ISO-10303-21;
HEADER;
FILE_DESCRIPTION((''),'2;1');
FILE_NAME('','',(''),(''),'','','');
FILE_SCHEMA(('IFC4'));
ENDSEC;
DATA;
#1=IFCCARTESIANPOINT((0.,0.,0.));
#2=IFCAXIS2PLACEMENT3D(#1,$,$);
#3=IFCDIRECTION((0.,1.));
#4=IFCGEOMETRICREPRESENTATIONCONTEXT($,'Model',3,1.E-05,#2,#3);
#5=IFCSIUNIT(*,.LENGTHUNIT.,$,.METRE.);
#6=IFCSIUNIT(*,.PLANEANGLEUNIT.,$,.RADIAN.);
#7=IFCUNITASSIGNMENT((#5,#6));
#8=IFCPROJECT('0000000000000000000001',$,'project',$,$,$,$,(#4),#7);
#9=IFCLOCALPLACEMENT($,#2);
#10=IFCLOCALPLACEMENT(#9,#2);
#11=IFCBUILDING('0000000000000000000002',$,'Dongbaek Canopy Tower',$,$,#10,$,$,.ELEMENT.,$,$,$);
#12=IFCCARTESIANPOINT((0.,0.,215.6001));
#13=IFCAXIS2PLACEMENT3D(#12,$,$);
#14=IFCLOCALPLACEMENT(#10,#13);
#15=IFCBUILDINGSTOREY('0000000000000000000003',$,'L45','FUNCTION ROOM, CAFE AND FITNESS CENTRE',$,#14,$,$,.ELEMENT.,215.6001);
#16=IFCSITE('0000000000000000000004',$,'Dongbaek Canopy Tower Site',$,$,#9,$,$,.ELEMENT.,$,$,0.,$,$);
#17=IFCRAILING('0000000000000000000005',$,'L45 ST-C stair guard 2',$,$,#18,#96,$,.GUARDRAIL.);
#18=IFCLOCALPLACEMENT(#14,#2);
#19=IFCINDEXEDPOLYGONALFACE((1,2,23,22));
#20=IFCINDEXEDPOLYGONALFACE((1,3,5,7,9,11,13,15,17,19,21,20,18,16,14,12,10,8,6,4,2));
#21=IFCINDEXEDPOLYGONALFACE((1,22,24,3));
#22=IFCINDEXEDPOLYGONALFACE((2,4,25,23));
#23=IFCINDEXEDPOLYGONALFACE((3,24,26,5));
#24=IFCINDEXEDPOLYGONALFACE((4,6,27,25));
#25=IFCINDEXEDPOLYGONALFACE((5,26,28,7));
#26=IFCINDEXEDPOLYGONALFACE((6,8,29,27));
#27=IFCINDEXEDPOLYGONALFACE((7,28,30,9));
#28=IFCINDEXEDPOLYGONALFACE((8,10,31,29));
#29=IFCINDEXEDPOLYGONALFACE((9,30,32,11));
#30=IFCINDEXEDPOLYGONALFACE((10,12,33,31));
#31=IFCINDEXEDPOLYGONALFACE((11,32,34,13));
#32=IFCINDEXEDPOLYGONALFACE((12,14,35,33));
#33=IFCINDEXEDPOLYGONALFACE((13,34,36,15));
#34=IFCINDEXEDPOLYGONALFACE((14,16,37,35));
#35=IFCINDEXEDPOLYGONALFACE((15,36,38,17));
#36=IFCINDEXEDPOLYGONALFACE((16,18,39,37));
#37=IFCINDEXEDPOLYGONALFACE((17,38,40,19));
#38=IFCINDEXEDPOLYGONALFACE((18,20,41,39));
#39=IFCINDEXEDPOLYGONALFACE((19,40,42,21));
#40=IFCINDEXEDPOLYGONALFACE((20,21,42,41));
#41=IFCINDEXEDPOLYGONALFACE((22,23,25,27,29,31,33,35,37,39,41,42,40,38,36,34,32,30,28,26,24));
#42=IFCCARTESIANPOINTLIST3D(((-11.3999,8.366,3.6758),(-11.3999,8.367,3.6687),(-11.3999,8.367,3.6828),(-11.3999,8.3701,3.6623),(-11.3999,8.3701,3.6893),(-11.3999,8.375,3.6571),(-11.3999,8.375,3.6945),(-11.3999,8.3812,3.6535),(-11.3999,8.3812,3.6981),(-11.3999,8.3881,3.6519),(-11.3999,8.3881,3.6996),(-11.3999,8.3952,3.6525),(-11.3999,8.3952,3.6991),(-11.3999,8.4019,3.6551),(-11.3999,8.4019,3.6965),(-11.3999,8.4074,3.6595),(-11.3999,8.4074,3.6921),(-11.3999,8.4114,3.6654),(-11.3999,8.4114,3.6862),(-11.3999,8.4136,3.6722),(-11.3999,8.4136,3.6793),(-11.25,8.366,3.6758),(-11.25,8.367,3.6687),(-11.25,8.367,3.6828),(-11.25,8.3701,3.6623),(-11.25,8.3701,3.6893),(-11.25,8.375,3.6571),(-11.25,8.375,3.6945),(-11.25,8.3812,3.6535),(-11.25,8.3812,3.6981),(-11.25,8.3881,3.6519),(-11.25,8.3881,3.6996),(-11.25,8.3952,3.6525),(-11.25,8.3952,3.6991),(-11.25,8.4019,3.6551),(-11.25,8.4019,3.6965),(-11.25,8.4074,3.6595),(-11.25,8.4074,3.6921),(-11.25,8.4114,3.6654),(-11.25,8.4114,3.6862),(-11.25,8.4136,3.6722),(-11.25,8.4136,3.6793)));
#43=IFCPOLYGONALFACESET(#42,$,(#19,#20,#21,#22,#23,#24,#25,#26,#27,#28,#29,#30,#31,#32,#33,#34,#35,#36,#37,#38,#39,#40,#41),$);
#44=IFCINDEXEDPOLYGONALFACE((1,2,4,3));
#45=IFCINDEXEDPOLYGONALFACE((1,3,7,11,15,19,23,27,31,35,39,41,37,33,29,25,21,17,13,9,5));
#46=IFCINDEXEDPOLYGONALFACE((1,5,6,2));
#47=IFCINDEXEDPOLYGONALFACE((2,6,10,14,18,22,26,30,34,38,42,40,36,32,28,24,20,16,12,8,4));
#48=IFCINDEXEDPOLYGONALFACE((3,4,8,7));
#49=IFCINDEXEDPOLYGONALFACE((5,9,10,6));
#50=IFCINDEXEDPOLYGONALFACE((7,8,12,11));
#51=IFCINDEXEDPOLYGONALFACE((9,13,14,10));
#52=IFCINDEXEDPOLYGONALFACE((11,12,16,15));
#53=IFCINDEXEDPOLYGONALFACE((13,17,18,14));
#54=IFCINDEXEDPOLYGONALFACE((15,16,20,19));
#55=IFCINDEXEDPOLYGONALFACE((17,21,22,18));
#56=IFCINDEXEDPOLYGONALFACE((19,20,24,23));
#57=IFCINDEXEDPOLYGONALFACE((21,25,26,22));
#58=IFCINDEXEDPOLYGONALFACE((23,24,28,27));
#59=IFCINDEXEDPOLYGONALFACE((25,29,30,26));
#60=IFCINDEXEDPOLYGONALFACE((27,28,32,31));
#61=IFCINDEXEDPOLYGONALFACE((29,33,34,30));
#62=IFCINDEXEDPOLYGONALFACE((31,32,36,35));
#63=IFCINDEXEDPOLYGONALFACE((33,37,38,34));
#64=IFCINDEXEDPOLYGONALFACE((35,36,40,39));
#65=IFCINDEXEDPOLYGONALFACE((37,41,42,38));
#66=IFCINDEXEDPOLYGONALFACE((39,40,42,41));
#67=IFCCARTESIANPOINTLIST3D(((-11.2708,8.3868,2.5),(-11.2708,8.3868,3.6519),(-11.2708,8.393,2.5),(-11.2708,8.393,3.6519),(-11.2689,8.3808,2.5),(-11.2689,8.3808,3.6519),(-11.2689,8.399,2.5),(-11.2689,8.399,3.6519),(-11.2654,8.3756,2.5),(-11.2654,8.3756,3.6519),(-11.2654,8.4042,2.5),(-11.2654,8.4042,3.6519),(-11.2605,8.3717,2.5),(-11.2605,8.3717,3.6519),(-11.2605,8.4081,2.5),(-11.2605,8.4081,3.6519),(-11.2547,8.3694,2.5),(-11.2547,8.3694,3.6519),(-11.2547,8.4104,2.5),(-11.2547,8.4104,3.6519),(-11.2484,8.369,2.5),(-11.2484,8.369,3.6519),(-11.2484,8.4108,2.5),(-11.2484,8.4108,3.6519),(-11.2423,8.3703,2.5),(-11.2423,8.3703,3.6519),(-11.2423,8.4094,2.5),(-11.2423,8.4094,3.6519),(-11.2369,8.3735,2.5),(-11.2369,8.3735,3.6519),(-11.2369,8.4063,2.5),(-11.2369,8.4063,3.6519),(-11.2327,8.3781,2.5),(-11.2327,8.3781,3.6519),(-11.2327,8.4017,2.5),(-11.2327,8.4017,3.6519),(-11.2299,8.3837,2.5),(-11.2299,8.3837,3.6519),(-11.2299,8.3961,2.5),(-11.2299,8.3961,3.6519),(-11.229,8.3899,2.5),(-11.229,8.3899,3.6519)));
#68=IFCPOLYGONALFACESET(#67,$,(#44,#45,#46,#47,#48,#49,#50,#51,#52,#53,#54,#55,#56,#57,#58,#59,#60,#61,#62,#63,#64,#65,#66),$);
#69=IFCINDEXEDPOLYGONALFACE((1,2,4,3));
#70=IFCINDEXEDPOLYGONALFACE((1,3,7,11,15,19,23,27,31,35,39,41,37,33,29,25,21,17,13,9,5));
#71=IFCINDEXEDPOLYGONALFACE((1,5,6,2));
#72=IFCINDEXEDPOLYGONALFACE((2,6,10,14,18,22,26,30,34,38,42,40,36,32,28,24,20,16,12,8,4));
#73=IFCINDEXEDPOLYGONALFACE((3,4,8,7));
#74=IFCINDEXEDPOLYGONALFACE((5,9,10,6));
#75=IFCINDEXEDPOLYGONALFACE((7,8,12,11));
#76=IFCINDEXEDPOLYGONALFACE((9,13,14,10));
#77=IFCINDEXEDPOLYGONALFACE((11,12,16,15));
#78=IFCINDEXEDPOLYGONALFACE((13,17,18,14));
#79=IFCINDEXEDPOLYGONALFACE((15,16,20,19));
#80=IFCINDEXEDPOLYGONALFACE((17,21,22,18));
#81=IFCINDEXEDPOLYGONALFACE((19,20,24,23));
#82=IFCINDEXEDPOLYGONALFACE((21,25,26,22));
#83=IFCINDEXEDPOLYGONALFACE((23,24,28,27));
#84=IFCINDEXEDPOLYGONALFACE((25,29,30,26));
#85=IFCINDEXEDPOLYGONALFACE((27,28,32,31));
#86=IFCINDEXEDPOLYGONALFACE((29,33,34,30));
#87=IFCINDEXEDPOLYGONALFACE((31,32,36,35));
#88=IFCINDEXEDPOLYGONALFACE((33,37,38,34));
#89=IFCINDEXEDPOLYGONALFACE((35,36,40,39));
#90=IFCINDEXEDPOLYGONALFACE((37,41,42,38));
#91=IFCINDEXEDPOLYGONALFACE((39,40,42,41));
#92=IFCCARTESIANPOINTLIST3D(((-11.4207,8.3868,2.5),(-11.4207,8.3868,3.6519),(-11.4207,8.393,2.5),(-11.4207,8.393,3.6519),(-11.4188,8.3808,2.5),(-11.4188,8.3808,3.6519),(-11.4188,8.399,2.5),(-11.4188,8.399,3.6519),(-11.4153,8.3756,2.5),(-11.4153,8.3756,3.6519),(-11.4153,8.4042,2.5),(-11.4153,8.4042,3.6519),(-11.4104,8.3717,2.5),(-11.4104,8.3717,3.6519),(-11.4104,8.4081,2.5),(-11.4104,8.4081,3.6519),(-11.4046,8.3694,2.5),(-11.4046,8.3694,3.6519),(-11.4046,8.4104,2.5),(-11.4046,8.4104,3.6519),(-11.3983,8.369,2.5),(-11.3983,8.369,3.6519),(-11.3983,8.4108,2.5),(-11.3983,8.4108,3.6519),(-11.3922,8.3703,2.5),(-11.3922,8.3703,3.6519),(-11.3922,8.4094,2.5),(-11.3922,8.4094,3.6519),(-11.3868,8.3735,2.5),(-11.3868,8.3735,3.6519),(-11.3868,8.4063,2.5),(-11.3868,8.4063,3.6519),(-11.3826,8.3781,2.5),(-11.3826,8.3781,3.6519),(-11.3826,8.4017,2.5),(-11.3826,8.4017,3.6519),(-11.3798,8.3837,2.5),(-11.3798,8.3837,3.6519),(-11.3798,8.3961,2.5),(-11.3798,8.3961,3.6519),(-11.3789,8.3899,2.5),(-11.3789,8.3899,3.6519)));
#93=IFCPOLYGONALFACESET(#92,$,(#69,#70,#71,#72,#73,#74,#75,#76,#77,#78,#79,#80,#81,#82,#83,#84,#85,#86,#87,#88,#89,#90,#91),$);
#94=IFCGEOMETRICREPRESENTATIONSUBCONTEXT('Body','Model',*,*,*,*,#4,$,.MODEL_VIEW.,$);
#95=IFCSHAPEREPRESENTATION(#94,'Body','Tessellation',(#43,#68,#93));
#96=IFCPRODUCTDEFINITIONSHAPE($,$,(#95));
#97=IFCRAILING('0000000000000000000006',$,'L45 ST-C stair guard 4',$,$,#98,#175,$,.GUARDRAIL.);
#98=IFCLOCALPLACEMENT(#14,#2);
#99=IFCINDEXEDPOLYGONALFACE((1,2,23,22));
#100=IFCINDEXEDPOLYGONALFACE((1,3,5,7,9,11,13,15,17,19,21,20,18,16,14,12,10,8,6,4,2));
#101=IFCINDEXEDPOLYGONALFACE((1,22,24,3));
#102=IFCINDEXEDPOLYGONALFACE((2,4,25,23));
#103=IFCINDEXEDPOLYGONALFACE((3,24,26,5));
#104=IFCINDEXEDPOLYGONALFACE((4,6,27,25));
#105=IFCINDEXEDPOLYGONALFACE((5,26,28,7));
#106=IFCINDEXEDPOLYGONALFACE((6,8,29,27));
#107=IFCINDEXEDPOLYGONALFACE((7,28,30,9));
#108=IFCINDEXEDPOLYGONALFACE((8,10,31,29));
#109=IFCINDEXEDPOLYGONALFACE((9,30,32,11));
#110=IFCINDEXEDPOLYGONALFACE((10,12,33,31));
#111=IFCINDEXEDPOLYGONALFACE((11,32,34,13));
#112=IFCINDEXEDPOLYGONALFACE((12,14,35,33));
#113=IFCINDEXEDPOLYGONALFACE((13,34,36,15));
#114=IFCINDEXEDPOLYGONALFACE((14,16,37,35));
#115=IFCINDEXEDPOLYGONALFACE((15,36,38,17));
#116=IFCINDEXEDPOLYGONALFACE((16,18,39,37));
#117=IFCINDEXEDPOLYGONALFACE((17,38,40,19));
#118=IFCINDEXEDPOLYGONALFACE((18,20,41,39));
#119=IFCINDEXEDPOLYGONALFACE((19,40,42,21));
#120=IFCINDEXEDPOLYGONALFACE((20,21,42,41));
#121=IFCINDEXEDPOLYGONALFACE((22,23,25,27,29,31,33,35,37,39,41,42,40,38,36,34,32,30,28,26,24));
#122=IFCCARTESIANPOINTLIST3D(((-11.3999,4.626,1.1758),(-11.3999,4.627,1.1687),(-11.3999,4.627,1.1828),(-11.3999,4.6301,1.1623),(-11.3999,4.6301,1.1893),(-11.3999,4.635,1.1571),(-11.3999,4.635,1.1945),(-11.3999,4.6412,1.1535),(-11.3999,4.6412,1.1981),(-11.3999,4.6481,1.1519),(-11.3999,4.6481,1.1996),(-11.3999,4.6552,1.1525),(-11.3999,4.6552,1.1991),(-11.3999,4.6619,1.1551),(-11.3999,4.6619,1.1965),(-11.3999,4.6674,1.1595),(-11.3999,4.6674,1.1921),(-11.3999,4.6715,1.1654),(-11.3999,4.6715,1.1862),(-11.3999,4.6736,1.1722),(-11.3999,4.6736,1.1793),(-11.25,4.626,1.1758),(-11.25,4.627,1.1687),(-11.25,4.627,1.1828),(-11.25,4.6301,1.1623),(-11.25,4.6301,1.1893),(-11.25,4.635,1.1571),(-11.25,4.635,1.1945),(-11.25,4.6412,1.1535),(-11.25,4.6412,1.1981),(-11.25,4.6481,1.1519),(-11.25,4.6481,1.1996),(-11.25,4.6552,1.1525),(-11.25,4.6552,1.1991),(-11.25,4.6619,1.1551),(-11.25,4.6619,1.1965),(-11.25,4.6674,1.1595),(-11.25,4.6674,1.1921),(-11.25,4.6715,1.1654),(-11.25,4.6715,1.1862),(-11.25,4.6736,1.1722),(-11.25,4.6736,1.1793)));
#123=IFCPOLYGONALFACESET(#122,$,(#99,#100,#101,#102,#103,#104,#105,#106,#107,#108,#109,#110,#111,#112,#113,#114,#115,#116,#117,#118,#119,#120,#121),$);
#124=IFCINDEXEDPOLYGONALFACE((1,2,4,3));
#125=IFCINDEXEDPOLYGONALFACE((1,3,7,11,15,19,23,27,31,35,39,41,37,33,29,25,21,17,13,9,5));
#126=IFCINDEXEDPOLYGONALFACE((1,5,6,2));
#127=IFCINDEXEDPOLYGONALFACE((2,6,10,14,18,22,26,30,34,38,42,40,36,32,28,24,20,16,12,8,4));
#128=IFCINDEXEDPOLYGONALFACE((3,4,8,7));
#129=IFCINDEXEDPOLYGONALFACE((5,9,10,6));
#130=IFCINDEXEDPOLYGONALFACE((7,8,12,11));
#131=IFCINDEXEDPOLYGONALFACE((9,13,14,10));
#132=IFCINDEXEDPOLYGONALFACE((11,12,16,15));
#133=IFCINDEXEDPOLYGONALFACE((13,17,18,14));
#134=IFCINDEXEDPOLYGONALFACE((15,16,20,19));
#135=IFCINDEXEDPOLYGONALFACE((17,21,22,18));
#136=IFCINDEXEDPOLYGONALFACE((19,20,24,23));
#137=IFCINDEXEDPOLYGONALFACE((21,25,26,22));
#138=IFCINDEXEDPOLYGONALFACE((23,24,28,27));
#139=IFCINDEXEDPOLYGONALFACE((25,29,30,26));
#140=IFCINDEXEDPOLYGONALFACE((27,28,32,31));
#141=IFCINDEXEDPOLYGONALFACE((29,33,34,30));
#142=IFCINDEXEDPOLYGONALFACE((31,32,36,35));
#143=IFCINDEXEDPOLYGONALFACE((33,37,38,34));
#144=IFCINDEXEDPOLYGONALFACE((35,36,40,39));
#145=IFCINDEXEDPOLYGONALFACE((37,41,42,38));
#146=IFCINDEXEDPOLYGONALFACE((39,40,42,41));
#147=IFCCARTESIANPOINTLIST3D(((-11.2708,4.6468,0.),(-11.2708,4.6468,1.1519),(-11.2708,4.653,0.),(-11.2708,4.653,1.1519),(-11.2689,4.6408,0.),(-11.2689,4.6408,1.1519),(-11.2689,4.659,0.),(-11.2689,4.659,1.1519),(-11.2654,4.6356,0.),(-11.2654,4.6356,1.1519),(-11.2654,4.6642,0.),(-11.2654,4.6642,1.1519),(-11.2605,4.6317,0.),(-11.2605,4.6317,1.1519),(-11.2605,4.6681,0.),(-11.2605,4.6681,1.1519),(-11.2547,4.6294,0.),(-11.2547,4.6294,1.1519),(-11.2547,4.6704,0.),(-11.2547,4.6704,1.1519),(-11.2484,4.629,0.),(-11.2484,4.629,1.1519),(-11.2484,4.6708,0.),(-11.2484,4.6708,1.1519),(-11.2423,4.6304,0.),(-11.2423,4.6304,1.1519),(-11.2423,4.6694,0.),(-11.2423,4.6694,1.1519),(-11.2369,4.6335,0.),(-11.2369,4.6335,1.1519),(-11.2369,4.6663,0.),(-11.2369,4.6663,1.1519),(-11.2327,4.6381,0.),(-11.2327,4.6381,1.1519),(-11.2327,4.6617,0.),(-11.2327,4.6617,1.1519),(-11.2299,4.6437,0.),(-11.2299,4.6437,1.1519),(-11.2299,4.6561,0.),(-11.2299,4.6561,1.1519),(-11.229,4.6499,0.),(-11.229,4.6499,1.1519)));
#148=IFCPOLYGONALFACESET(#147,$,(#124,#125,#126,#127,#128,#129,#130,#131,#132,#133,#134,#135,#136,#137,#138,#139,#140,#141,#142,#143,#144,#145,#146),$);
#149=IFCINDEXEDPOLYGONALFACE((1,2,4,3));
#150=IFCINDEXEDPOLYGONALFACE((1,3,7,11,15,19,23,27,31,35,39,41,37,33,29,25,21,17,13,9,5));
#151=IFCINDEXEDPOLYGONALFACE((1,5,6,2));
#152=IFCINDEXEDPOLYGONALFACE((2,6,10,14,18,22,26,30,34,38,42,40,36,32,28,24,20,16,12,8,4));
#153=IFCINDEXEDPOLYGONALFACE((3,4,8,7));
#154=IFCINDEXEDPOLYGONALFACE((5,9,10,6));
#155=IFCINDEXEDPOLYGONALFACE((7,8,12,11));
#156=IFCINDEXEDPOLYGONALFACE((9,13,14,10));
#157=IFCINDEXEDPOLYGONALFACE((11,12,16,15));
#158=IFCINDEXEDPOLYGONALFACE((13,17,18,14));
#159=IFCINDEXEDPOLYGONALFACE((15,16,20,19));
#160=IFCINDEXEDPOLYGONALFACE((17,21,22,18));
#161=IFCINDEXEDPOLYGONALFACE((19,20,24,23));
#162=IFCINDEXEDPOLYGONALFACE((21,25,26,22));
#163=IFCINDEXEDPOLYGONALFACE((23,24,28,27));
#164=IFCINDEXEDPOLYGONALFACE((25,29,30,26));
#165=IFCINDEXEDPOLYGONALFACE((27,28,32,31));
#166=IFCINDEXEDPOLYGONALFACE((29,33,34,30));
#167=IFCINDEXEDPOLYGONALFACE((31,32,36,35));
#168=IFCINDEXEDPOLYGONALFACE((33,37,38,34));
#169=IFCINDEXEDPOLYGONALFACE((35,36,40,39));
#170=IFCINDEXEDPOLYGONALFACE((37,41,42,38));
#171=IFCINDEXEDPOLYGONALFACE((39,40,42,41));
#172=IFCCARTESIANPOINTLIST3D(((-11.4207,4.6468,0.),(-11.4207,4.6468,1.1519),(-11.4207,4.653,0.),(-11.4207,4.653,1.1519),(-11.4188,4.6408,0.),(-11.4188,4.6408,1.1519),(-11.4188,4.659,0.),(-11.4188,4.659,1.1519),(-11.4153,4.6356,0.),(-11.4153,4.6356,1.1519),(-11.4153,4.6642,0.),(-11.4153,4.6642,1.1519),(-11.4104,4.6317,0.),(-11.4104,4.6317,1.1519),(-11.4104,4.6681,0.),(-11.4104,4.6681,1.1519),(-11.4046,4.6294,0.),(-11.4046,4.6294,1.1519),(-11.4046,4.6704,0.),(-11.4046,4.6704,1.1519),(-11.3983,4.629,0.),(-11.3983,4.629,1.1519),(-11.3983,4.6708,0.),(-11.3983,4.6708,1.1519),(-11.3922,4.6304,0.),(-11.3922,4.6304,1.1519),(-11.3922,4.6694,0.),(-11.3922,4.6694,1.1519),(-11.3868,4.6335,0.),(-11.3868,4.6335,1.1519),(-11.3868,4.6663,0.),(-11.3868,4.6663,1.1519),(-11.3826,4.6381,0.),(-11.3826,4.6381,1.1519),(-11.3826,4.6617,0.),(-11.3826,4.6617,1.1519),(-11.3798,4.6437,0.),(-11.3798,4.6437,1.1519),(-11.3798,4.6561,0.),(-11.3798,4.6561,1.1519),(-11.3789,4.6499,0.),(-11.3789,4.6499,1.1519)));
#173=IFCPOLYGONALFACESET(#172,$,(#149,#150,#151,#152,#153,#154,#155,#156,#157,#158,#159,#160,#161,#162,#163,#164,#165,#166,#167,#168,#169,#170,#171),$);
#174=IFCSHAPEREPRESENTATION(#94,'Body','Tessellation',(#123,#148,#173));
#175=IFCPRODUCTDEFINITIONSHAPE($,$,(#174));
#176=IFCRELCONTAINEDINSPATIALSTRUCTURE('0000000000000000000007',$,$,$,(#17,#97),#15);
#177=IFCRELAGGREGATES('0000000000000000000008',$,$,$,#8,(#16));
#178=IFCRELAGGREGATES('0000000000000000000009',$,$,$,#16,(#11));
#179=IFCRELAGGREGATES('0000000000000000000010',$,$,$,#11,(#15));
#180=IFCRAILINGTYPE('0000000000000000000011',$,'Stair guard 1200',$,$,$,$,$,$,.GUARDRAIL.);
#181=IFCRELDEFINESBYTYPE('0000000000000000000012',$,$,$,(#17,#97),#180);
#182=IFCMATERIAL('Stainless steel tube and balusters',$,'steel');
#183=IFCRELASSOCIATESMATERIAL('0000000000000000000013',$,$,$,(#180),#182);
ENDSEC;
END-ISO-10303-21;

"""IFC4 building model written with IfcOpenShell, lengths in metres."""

from ifc_helpers import new_model, si_unit, direction, frame, origin, origin_2d, place, context, subcontext, project, spatial, circle, extrude, material, type_object, element, save


model = new_model("IFC4")

# Units and contexts
model_context = context("Model", 3, precision=1e-05, world=origin(), true_north=direction((0.0, 1.0)))
body_context = subcontext(model_context, "Body", "Model", "MODEL_VIEW")
ifc_project = project(units=[si_unit("LENGTHUNIT", "METRE"), si_unit("PLANEANGLEUNIT", "RADIAN")], contexts=[model_context])

# Site, building, storey
site_placement = place(None, origin())
site = spatial("IfcSite", under=ifc_project, at=site_placement, Name="Dongbaek Canopy Tower Site", CompositionType="ELEMENT", RefElevation=0.0)
building_placement = place(site_placement, origin())
building = spatial("IfcBuilding", under=site, at=building_placement, Name="Dongbaek Canopy Tower", CompositionType="ELEMENT")
storey_placement = place(building_placement, frame((0.0, 0.0, 215.6001)))
storey = spatial("IfcBuildingStorey", under=building, at=storey_placement, Name="L45", Description="FUNCTION ROOM, CAFE AND FITNESS CENTRE", CompositionType="ELEMENT", Elevation=215.6001)

# Railings
ifc_material_1 = material(Name="Stainless steel tube and balusters", Category="steel")
railing_type_1 = type_object("IfcRailingType", Name="Stair guard 1200", PredefinedType="GUARDRAIL", material=ifc_material_1)
for number, where, name in (
    (1, (-11.25, 8.3899, 2.5), "L45 ST-C stair guard 2"),
    (2, (-11.25, 4.6499, 0.0), "L45 ST-C stair guard 4"),
):
    element("IfcRailing", number, at=place(storey_placement, frame(where)), inside=storey, type_object=railing_type_1, Name=name, PredefinedType="GUARDRAIL", context=body_context, shape_type="SweptSolid", body=[
        extrude(circle(Radius=0.0239, at=origin_2d()), frame((0.0, 0.0, 1.1758), z_axis=(-1.0, 0.0, 0.0), x_axis=(0.0, -1.0, 0.0)), (0.0, 0.0, 1.0), 0.1499),
        extrude(circle(Radius=0.021, at=origin_2d()), origin(), (0.0, 0.0, 1.0), 1.1519),
        extrude(circle(Radius=0.021, at=origin_2d()), frame((-0.1499, 0.0, 0.0)), (0.0, 0.0, 1.0), 1.1519),
    ])

save(model, "model.ifc")
